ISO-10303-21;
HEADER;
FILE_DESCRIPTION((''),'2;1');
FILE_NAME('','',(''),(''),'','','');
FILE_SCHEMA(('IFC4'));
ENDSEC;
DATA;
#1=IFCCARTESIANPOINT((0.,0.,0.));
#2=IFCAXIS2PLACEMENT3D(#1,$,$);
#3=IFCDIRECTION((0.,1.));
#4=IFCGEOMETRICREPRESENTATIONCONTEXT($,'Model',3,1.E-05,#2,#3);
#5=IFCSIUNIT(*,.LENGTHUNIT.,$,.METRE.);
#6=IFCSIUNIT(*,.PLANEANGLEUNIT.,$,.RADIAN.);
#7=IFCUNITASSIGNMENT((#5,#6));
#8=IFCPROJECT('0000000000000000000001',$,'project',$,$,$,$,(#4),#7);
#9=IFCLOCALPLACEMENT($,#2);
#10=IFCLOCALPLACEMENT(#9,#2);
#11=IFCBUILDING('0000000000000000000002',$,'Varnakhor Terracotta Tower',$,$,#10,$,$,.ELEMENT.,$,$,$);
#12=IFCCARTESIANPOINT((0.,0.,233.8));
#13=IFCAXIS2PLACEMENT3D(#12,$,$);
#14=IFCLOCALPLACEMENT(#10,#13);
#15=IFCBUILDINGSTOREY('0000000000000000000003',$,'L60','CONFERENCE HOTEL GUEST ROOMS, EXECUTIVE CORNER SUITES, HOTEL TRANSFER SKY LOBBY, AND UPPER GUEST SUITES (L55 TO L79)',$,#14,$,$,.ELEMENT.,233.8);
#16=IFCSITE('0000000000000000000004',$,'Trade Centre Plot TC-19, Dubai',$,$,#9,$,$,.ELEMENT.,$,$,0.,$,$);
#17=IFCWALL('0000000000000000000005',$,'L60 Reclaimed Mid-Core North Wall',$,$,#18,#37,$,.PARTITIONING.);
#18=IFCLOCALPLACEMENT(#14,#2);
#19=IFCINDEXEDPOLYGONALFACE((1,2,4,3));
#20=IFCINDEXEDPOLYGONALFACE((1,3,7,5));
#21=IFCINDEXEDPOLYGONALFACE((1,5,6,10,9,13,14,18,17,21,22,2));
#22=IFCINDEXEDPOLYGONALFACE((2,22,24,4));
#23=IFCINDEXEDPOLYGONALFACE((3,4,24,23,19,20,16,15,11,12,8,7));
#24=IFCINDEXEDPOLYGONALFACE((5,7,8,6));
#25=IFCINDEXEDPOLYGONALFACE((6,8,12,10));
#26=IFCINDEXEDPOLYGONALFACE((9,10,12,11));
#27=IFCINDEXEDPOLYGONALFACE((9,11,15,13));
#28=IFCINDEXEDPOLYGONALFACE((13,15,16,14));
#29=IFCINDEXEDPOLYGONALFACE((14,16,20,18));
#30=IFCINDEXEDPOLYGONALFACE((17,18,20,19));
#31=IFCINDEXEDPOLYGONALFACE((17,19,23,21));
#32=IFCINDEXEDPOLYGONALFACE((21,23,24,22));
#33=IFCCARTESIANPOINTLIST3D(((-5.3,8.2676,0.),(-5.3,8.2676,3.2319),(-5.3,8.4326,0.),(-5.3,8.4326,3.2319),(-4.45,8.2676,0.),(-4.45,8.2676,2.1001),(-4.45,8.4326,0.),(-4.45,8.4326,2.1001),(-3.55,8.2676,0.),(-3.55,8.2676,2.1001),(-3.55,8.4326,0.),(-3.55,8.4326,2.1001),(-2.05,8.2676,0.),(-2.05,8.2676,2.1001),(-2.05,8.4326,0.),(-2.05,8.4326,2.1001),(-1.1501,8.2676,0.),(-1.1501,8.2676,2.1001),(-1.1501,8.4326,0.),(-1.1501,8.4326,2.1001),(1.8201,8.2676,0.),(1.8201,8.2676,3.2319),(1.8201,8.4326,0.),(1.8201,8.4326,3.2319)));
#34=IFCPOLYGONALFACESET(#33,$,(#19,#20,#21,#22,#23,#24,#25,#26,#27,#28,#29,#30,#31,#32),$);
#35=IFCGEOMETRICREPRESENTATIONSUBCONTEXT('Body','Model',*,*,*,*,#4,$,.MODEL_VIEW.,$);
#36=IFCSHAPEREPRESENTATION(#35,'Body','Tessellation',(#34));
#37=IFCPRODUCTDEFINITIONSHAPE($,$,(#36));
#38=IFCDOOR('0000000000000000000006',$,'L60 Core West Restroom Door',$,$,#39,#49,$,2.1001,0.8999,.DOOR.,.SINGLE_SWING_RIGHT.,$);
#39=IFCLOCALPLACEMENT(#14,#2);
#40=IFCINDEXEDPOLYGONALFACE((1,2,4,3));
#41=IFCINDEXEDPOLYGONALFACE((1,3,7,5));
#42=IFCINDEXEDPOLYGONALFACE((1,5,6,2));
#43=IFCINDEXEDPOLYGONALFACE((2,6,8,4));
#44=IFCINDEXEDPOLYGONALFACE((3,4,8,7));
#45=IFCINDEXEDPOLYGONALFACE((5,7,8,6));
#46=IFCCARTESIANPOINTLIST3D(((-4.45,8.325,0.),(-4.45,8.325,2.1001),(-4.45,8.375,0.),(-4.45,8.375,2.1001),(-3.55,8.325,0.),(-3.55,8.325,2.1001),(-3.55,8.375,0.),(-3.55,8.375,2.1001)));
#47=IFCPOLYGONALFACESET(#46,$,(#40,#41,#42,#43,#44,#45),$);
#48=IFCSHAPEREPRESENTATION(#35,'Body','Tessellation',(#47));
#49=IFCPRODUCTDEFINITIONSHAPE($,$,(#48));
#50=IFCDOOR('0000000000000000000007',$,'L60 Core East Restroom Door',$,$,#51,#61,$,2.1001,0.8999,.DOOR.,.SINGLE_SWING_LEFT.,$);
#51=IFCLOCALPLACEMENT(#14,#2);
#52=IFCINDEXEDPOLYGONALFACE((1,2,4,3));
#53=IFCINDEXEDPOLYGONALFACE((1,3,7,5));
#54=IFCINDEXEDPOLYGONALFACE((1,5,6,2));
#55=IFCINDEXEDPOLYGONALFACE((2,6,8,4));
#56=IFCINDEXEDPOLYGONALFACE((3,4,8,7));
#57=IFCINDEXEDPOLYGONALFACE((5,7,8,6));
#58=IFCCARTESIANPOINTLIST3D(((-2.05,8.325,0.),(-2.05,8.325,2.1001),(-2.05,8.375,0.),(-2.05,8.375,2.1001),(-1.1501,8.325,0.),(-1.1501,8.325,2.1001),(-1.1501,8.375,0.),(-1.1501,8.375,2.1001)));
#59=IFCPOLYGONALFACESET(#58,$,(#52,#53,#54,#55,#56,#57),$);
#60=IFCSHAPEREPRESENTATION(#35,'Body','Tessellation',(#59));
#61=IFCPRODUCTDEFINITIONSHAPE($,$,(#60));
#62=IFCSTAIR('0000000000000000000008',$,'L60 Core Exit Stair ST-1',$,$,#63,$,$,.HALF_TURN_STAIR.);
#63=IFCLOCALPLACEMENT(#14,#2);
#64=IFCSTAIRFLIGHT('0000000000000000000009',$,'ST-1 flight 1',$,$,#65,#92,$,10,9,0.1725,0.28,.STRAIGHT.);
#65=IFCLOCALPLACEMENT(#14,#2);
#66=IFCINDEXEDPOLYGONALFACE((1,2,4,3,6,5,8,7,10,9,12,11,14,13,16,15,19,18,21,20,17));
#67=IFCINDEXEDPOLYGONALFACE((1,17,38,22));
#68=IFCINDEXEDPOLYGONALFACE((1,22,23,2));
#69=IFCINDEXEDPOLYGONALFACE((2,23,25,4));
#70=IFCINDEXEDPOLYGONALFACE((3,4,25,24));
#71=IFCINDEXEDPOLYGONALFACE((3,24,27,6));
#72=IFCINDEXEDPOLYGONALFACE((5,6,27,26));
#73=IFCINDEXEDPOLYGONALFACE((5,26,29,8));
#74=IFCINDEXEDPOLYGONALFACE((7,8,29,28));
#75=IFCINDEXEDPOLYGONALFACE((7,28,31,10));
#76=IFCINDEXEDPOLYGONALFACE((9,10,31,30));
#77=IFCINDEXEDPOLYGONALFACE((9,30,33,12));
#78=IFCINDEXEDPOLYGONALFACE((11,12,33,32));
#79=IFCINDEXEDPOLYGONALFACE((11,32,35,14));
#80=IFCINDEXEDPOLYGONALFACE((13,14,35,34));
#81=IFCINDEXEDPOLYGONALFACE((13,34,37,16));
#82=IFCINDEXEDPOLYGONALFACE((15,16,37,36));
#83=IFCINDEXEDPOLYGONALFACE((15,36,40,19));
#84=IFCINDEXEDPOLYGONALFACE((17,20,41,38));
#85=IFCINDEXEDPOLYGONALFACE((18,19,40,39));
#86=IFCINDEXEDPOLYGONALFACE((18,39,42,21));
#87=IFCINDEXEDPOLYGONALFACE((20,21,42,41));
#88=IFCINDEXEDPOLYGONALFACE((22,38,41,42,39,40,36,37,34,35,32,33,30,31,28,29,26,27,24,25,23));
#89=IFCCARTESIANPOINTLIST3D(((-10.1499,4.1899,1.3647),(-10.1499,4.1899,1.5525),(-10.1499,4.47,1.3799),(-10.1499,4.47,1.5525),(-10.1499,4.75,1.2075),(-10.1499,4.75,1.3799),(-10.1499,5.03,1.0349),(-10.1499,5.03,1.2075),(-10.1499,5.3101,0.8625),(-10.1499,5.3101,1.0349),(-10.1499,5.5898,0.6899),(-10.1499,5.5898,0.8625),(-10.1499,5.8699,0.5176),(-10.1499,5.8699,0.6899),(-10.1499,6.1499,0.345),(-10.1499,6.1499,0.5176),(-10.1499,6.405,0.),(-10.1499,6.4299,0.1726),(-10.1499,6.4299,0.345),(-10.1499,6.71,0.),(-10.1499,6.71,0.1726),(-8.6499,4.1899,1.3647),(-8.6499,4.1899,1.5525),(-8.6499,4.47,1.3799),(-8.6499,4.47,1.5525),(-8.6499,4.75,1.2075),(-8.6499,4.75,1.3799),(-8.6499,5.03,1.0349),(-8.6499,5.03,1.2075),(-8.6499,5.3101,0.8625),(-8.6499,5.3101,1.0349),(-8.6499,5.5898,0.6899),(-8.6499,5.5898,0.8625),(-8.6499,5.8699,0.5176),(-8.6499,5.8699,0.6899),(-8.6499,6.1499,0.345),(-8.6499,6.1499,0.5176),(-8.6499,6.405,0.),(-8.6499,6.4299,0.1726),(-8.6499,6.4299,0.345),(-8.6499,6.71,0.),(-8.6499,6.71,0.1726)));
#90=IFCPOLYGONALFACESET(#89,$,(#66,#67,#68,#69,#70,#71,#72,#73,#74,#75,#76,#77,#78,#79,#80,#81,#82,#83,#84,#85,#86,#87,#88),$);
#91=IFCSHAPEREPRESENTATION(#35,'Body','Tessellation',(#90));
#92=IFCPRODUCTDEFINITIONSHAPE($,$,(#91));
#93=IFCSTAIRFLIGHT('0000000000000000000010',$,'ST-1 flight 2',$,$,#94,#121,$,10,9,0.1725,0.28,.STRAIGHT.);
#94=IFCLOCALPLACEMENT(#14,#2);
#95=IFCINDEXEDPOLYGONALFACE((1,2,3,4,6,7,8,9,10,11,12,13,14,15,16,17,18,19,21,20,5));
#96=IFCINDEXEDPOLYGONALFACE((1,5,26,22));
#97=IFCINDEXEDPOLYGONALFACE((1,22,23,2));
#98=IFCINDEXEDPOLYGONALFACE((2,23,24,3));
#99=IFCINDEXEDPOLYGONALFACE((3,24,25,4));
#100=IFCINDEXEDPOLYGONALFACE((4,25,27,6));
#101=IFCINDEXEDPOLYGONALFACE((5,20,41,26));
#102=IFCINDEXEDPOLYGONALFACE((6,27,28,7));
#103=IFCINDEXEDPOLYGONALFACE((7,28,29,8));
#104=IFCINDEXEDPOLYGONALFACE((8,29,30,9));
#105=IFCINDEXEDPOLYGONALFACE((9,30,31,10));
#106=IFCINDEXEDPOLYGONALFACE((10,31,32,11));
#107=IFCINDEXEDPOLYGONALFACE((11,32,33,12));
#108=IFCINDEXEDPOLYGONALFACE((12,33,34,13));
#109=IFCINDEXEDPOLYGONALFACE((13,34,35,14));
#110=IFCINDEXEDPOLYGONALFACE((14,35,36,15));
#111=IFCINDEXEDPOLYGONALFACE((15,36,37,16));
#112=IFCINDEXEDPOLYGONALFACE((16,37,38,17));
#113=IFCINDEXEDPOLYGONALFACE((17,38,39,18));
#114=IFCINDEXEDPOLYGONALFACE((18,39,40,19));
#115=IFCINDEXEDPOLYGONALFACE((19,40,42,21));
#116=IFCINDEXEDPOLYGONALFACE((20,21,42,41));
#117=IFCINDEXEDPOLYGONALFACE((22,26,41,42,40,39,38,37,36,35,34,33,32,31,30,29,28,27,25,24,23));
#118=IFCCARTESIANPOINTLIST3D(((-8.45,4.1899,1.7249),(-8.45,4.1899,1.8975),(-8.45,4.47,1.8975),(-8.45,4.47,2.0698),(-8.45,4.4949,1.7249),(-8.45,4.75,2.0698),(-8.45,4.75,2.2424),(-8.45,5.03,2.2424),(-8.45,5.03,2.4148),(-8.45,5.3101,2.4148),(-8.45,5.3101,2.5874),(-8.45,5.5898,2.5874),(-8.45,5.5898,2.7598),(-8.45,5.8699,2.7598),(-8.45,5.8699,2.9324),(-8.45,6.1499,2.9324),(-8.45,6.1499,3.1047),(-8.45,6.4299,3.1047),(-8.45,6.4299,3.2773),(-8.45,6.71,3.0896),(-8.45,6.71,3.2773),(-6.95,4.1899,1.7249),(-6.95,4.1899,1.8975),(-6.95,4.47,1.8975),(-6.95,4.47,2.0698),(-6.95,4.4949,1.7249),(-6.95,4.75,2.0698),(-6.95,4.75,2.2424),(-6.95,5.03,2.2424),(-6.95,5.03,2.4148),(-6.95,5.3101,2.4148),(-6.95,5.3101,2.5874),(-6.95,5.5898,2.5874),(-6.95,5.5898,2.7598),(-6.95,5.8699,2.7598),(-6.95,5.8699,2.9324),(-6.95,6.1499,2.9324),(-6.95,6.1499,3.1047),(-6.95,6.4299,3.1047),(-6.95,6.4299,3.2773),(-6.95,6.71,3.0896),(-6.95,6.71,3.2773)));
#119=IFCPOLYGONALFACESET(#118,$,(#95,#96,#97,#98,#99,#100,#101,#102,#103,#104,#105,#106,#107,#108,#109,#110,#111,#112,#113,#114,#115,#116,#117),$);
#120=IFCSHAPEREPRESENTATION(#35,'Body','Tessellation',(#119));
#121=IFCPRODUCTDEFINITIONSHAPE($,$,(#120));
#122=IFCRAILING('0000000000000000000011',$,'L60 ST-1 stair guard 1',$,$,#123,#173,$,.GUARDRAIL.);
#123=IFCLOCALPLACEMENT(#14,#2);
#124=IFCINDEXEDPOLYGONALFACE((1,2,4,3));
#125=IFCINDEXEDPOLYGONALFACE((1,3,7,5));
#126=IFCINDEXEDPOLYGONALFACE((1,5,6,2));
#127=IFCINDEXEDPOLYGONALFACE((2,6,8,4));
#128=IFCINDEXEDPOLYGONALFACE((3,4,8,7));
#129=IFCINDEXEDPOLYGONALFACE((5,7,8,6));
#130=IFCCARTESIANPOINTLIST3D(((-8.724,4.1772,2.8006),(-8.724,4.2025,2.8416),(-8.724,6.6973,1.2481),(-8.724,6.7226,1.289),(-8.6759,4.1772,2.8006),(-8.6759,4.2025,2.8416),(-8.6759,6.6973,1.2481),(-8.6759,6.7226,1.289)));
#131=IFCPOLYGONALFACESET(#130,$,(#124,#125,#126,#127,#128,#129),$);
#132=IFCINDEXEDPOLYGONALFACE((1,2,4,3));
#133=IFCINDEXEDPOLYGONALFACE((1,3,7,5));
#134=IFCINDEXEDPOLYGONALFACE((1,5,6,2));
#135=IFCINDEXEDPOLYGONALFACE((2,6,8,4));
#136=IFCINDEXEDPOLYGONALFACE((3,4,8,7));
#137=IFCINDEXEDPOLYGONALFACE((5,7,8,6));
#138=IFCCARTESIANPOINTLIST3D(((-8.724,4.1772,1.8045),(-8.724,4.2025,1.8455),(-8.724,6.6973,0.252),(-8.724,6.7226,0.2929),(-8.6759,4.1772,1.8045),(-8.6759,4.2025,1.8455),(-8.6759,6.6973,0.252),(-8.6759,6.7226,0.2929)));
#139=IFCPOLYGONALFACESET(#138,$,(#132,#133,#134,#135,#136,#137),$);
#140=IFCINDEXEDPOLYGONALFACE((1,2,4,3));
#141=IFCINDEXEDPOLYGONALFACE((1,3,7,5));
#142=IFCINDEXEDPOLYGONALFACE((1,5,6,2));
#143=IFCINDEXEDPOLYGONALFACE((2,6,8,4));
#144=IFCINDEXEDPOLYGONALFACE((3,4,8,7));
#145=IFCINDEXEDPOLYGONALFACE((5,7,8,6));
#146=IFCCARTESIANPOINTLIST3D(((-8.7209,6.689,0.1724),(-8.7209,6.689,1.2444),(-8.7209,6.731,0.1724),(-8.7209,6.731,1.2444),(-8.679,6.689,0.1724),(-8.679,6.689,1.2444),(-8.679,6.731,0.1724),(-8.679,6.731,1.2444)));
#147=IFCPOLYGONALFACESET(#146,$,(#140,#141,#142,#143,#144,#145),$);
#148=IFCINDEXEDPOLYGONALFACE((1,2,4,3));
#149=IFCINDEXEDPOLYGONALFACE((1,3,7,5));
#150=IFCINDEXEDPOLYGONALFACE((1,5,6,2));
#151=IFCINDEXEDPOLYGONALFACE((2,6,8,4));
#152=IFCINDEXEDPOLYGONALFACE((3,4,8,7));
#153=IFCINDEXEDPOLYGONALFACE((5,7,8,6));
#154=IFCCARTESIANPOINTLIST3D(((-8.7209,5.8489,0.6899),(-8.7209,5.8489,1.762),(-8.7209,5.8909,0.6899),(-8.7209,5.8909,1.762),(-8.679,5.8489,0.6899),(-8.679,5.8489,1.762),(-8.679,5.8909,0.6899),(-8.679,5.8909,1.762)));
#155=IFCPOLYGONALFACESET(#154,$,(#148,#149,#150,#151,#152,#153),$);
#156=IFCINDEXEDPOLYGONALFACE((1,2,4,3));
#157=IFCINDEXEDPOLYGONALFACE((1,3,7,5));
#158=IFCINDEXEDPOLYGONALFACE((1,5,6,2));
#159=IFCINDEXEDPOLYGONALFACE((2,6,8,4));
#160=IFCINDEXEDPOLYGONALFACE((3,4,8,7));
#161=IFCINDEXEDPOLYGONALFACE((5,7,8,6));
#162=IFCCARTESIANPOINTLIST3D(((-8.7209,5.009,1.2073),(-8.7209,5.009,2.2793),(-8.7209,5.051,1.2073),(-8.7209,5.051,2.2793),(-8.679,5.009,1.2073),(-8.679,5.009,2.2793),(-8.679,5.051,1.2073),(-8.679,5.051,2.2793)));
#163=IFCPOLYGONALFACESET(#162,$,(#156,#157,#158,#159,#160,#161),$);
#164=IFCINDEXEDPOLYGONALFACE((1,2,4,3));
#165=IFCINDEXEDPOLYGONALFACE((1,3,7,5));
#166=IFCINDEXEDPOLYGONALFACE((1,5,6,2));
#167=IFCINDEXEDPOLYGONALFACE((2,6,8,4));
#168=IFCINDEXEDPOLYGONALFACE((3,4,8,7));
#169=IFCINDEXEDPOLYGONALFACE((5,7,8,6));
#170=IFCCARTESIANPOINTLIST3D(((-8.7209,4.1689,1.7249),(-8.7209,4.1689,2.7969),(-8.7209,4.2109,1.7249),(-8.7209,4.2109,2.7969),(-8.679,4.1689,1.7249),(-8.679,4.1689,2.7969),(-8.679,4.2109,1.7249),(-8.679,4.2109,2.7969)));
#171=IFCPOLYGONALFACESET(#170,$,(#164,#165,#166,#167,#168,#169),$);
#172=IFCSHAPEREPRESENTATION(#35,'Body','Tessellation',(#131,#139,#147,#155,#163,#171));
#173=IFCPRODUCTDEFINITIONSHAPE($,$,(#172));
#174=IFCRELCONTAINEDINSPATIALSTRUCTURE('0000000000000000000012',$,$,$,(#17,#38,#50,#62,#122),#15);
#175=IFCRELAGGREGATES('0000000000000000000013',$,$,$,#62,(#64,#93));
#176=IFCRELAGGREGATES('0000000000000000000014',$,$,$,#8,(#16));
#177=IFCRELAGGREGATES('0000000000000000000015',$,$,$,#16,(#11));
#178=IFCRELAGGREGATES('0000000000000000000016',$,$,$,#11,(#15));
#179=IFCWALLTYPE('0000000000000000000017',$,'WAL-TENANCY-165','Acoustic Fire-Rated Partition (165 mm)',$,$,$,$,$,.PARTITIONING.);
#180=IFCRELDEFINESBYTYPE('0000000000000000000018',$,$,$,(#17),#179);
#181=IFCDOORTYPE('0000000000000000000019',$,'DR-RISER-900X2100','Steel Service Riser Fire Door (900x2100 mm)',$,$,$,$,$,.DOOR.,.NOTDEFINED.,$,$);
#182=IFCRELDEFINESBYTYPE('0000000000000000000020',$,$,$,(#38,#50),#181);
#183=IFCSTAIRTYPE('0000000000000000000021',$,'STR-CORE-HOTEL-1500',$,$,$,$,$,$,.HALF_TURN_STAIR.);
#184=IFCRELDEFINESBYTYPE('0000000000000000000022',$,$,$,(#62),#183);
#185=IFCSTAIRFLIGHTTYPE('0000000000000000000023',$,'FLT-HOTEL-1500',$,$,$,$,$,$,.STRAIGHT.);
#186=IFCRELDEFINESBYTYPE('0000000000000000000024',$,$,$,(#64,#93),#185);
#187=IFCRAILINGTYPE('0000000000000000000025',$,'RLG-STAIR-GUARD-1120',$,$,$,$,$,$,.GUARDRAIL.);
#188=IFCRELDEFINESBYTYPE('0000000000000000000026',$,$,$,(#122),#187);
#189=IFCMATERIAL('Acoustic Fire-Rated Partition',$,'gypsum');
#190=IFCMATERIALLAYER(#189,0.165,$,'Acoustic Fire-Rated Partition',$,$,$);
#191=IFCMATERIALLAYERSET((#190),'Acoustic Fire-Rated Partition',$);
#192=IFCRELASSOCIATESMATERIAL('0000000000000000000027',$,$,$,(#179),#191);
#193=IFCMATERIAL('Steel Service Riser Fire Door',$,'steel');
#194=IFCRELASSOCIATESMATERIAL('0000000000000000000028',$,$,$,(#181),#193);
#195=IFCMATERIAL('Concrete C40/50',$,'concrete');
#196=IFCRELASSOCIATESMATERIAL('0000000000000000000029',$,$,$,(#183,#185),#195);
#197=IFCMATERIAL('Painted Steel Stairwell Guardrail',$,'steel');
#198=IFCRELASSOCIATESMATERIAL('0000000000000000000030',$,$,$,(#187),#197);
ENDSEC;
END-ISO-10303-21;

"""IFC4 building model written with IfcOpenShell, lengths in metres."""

from ifc_helpers import new_model, si_unit, direction, frame, frame_2d, origin, origin_2d, place, context, subcontext, project, spatial, polyline, rectangle, outline, extrude, source, transform, mapped, material, layer, layer_set, type_object, type_shapes, element, fill, aggregate, save


model = new_model("IFC4")

# Units and contexts
model_context = context("Model", 3, precision=1e-05, world=origin(), true_north=direction((0.0, 1.0)))
body_context = subcontext(model_context, "Body", "Model", "MODEL_VIEW")
ifc_project = project(units=[si_unit("LENGTHUNIT", "METRE"), si_unit("PLANEANGLEUNIT", "RADIAN")], contexts=[model_context])

# Site, building, storey
site_placement = place(None, origin())
site = spatial("IfcSite", under=ifc_project, at=site_placement, Name="Trade Centre Plot TC-19, Dubai", CompositionType="ELEMENT", RefElevation=0.0)
building_placement = place(site_placement, origin())
building = spatial("IfcBuilding", under=site, at=building_placement, Name="Varnakhor Terracotta Tower", CompositionType="ELEMENT")
storey_placement = place(building_placement, frame((0.0, 0.0, 233.8)))
storey = spatial("IfcBuildingStorey", under=building, at=storey_placement, Name="L60", Description="CONFERENCE HOTEL GUEST ROOMS, EXECUTIVE CORNER SUITES, HOTEL TRANSFER SKY LOBBY, AND UPPER GUEST SUITES (L55 TO L79)", CompositionType="ELEMENT", Elevation=233.8)

# Shared definitions
ifc_material_1 = material(Name="Concrete C40/50", Category="concrete")

# Shared definitions
ifc_material_2 = material(Name="Acoustic Fire-Rated Partition", Category="gypsum")
ifc_layer_1 = layer(ifc_material_2, 0.165, Name="Acoustic Fire-Rated Partition")
ifc_layer_set_1 = layer_set([ifc_layer_1], Name="Acoustic Fire-Rated Partition")
wall_type_1 = type_object("IfcWallType", Name="WAL-TENANCY-165", Description="Acoustic Fire-Rated Partition (165 mm)", PredefinedType="PARTITIONING", material=ifc_layer_set_1)
ifc_material_3 = material(Name="Steel Service Riser Fire Door", Category="steel")
door_type_1 = type_object("IfcDoorType", Name="DR-RISER-900X2100", Description="Steel Service Riser Fire Door (900x2100 mm)", OperationType="NOTDEFINED", PredefinedType="DOOR", material=ifc_material_3)
shared_shape_1 = source(origin(), body_context, "Body", "SweptSolid", [
    extrude(rectangle(XDim=0.8999, YDim=2.1001, at=frame_2d((0.45, 1.05))), frame((0.0, 0.0249, 0.0), z_axis=(0.0, -1.0, 0.0), x_axis=(1.0, 0.0, 0.0)), (0.0, 0.0, 1.0), 0.05),
])
type_shapes(door_type_1, [shared_shape_1])

# Wall, openings, doors
wall_1_placement = place(storey_placement, frame((-5.3, 8.3501, 0.0), z_axis=(0.0, 0.0, 1.0), x_axis=(1.0, 0.0, 0.0)))
wall_1 = element("IfcWall", 1, at=wall_1_placement, inside=storey, type_object=wall_type_1, Name="L60 Reclaimed Mid-Core North Wall", PredefinedType="PARTITIONING", context=body_context, shape_type="SweptSolid", body=[
    extrude(rectangle(XDim=7.1201, YDim=0.165, at=frame_2d((3.5601, 0.0))), origin(), (0.0, 0.0, 1.0), 3.2319),
])
opening_1_placement = place(wall_1_placement, frame((0.8501, 0.0, 0.0)))
opening_1 = element("IfcOpeningElement", 2, at=opening_1_placement, cuts=wall_1, PredefinedType="OPENING", context=body_context, shape_type="SweptSolid", body=[
    extrude(rectangle(XDim=0.8999, YDim=2.1001, at=frame_2d((0.45, 1.05))), frame((0.0, 0.0925, 0.0), z_axis=(0.0, -1.0, 0.0), x_axis=(1.0, 0.0, 0.0)), (0.0, 0.0, 1.0), 0.1851),
])
opening_2_placement = place(wall_1_placement, frame((3.25, 0.0, 0.0)))
opening_2 = element("IfcOpeningElement", 3, at=opening_2_placement, cuts=wall_1, PredefinedType="OPENING", context=body_context, shape_type="SweptSolid", body=[
    extrude(rectangle(XDim=0.8999, YDim=2.1001, at=frame_2d((0.45, 1.05))), frame((0.0, 0.0925, 0.0), z_axis=(0.0, -1.0, 0.0), x_axis=(1.0, 0.0, 0.0)), (0.0, 0.0, 1.0), 0.1851),
])
door_1_placement = place(opening_1_placement, origin())
door_1 = element("IfcDoor", 4, at=door_1_placement, inside=storey, type_object=door_type_1, Name="L60 Core West Restroom Door", OperationType="SINGLE_SWING_RIGHT", OverallHeight=2.1001, OverallWidth=0.8999, PredefinedType="DOOR", context=body_context, shape_type="MappedRepresentation", body=[
    mapped(shared_shape_1, transform((0.0, 0.0, 0.0), scale=1.0)),
])
fill(opening_1, door_1)
door_2_placement = place(opening_2_placement, origin())
door_2 = element("IfcDoor", 5, at=door_2_placement, inside=storey, type_object=door_type_1, Name="L60 Core East Restroom Door", OperationType="SINGLE_SWING_LEFT", OverallHeight=2.1001, OverallWidth=0.8999, PredefinedType="DOOR", context=body_context, shape_type="MappedRepresentation", body=[
    mapped(shared_shape_1, transform((0.0, 0.0, 0.0), scale=1.0)),
])
fill(opening_2, door_2)

# Stair, stair flights
stair_type = type_object("IfcStairType", Name="STR-CORE-HOTEL-1500", PredefinedType="HALF_TURN_STAIR", material=ifc_material_1)
stair_placement = place(storey_placement, origin())
stair = element("IfcStair", 6, at=stair_placement, inside=storey, type_object=stair_type, Name="L60 Core Exit Stair ST-1", PredefinedType="HALF_TURN_STAIR")
stair_flight_type = type_object("IfcStairFlightType", Name="FLT-HOTEL-1500", PredefinedType="STRAIGHT", material=ifc_material_1)
stair_flight_1_placement = place(storey_placement, frame((-9.3999, 6.71, 0.0), z_axis=(0.0, 0.0, 1.0), x_axis=(0.0, -1.0, 0.0)))
stair_flight_1 = element("IfcStairFlight", 7, at=stair_flight_1_placement, type_object=stair_flight_type, Name="ST-1 flight 1", NumberOfRisers=10, NumberOfTreads=9, PredefinedType="STRAIGHT", RiserHeight=0.1725, TreadLength=0.28, context=body_context, shape_type="SweptSolid", body=[
    extrude(outline(polyline([(0.0, 0.0), (0.0, 0.1726), (0.28, 0.1726), (0.28, 0.345), (0.5601, 0.345), (0.5601, 0.5176), (0.8401, 0.5176), (0.8401, 0.6899), (1.1201, 0.6899), (1.1201, 0.8625), (1.3999, 0.8625), (1.3999, 1.0349), (1.6799, 1.0349), (1.6799, 1.2075), (1.96, 1.2075), (1.96, 1.3799), (2.24, 1.3799), (2.24, 1.5525), (2.52, 1.5525), (2.52, 1.7251), (2.52, 1.3647), (0.3049, 0.0), (0.0, 0.0)])), frame((0.0, 0.75, 0.0), z_axis=(0.0, -1.0, 0.0), x_axis=(1.0, 0.0, 0.0)), (0.0, 0.0, 1.0), 1.5),
])
stair_flight_2_placement = place(storey_placement, frame((-7.7, 4.1899, 1.7249), z_axis=(0.0, 0.0, 1.0), x_axis=(0.0, 1.0, 0.0)))
stair_flight_2 = element("IfcStairFlight", 8, at=stair_flight_2_placement, type_object=stair_flight_type, Name="ST-1 flight 2", NumberOfRisers=10, NumberOfTreads=9, PredefinedType="STRAIGHT", RiserHeight=0.1725, TreadLength=0.28, context=body_context, shape_type="SweptSolid", body=[
    extrude(outline(polyline([(0.0, 0.0), (0.0, 0.1726), (0.28, 0.1726), (0.28, 0.345), (0.5601, 0.345), (0.5601, 0.5176), (0.8401, 0.5176), (0.8401, 0.6899), (1.1201, 0.6899), (1.1201, 0.8625), (1.3999, 0.8625), (1.3999, 1.0349), (1.6799, 1.0349), (1.6799, 1.2075), (1.96, 1.2075), (1.96, 1.3799), (2.24, 1.3799), (2.24, 1.5525), (2.52, 1.5525), (2.52, 1.7251), (2.52, 1.3647), (0.3049, 0.0), (0.0, 0.0)])), frame((0.0, 0.75, 0.0), z_axis=(0.0, -1.0, 0.0), x_axis=(1.0, 0.0, 0.0)), (0.0, 0.0, 1.0), 1.5),
])
aggregate(stair, [stair_flight_1, stair_flight_2])

# Railing
ifc_material_4 = material(Name="Painted Steel Stairwell Guardrail", Category="steel")
railing_type_1 = type_object("IfcRailingType", Name="RLG-STAIR-GUARD-1120", PredefinedType="GUARDRAIL", material=ifc_material_4)
railing_1_placement = place(storey_placement, frame((-8.7, 6.71, 0.1724)))
element("IfcRailing", 9, at=railing_1_placement, inside=storey, type_object=railing_type_1, Name="L60 ST-1 stair guard 1", PredefinedType="GUARDRAIL", context=body_context, shape_type="SweptSolid", body=[
    extrude(rectangle(XDim=0.0481, YDim=0.0481, at=origin_2d()), frame((0.0, 0.0, 1.0962), z_axis=(0.0, -0.8514, 0.524516), x_axis=(1.0, 0.0, 0.0)), (0.0, 0.0, 1.0), 2.96),
    extrude(rectangle(XDim=0.0481, YDim=0.0481, at=origin_2d()), frame((0.0, 0.0, 0.1001), z_axis=(0.0, -0.8514, 0.524516), x_axis=(1.0, 0.0, 0.0)), (0.0, 0.0, 1.0), 2.96),
    extrude(rectangle(XDim=0.042, YDim=0.042, at=origin_2d()), origin(), (0.0, 0.0, 1.0), 1.072),
    extrude(rectangle(XDim=0.042, YDim=0.042, at=origin_2d()), frame((0.0, -0.8401, 0.5176)), (0.0, 0.0, 1.0), 1.072),
    extrude(rectangle(XDim=0.042, YDim=0.042, at=origin_2d()), frame((0.0, -1.6799, 1.0349)), (0.0, 0.0, 1.0), 1.072),
    extrude(rectangle(XDim=0.042, YDim=0.042, at=origin_2d()), frame((0.0, -2.52, 1.5525)), (0.0, 0.0, 1.0), 1.072),
])

save(model, "model.ifc")
